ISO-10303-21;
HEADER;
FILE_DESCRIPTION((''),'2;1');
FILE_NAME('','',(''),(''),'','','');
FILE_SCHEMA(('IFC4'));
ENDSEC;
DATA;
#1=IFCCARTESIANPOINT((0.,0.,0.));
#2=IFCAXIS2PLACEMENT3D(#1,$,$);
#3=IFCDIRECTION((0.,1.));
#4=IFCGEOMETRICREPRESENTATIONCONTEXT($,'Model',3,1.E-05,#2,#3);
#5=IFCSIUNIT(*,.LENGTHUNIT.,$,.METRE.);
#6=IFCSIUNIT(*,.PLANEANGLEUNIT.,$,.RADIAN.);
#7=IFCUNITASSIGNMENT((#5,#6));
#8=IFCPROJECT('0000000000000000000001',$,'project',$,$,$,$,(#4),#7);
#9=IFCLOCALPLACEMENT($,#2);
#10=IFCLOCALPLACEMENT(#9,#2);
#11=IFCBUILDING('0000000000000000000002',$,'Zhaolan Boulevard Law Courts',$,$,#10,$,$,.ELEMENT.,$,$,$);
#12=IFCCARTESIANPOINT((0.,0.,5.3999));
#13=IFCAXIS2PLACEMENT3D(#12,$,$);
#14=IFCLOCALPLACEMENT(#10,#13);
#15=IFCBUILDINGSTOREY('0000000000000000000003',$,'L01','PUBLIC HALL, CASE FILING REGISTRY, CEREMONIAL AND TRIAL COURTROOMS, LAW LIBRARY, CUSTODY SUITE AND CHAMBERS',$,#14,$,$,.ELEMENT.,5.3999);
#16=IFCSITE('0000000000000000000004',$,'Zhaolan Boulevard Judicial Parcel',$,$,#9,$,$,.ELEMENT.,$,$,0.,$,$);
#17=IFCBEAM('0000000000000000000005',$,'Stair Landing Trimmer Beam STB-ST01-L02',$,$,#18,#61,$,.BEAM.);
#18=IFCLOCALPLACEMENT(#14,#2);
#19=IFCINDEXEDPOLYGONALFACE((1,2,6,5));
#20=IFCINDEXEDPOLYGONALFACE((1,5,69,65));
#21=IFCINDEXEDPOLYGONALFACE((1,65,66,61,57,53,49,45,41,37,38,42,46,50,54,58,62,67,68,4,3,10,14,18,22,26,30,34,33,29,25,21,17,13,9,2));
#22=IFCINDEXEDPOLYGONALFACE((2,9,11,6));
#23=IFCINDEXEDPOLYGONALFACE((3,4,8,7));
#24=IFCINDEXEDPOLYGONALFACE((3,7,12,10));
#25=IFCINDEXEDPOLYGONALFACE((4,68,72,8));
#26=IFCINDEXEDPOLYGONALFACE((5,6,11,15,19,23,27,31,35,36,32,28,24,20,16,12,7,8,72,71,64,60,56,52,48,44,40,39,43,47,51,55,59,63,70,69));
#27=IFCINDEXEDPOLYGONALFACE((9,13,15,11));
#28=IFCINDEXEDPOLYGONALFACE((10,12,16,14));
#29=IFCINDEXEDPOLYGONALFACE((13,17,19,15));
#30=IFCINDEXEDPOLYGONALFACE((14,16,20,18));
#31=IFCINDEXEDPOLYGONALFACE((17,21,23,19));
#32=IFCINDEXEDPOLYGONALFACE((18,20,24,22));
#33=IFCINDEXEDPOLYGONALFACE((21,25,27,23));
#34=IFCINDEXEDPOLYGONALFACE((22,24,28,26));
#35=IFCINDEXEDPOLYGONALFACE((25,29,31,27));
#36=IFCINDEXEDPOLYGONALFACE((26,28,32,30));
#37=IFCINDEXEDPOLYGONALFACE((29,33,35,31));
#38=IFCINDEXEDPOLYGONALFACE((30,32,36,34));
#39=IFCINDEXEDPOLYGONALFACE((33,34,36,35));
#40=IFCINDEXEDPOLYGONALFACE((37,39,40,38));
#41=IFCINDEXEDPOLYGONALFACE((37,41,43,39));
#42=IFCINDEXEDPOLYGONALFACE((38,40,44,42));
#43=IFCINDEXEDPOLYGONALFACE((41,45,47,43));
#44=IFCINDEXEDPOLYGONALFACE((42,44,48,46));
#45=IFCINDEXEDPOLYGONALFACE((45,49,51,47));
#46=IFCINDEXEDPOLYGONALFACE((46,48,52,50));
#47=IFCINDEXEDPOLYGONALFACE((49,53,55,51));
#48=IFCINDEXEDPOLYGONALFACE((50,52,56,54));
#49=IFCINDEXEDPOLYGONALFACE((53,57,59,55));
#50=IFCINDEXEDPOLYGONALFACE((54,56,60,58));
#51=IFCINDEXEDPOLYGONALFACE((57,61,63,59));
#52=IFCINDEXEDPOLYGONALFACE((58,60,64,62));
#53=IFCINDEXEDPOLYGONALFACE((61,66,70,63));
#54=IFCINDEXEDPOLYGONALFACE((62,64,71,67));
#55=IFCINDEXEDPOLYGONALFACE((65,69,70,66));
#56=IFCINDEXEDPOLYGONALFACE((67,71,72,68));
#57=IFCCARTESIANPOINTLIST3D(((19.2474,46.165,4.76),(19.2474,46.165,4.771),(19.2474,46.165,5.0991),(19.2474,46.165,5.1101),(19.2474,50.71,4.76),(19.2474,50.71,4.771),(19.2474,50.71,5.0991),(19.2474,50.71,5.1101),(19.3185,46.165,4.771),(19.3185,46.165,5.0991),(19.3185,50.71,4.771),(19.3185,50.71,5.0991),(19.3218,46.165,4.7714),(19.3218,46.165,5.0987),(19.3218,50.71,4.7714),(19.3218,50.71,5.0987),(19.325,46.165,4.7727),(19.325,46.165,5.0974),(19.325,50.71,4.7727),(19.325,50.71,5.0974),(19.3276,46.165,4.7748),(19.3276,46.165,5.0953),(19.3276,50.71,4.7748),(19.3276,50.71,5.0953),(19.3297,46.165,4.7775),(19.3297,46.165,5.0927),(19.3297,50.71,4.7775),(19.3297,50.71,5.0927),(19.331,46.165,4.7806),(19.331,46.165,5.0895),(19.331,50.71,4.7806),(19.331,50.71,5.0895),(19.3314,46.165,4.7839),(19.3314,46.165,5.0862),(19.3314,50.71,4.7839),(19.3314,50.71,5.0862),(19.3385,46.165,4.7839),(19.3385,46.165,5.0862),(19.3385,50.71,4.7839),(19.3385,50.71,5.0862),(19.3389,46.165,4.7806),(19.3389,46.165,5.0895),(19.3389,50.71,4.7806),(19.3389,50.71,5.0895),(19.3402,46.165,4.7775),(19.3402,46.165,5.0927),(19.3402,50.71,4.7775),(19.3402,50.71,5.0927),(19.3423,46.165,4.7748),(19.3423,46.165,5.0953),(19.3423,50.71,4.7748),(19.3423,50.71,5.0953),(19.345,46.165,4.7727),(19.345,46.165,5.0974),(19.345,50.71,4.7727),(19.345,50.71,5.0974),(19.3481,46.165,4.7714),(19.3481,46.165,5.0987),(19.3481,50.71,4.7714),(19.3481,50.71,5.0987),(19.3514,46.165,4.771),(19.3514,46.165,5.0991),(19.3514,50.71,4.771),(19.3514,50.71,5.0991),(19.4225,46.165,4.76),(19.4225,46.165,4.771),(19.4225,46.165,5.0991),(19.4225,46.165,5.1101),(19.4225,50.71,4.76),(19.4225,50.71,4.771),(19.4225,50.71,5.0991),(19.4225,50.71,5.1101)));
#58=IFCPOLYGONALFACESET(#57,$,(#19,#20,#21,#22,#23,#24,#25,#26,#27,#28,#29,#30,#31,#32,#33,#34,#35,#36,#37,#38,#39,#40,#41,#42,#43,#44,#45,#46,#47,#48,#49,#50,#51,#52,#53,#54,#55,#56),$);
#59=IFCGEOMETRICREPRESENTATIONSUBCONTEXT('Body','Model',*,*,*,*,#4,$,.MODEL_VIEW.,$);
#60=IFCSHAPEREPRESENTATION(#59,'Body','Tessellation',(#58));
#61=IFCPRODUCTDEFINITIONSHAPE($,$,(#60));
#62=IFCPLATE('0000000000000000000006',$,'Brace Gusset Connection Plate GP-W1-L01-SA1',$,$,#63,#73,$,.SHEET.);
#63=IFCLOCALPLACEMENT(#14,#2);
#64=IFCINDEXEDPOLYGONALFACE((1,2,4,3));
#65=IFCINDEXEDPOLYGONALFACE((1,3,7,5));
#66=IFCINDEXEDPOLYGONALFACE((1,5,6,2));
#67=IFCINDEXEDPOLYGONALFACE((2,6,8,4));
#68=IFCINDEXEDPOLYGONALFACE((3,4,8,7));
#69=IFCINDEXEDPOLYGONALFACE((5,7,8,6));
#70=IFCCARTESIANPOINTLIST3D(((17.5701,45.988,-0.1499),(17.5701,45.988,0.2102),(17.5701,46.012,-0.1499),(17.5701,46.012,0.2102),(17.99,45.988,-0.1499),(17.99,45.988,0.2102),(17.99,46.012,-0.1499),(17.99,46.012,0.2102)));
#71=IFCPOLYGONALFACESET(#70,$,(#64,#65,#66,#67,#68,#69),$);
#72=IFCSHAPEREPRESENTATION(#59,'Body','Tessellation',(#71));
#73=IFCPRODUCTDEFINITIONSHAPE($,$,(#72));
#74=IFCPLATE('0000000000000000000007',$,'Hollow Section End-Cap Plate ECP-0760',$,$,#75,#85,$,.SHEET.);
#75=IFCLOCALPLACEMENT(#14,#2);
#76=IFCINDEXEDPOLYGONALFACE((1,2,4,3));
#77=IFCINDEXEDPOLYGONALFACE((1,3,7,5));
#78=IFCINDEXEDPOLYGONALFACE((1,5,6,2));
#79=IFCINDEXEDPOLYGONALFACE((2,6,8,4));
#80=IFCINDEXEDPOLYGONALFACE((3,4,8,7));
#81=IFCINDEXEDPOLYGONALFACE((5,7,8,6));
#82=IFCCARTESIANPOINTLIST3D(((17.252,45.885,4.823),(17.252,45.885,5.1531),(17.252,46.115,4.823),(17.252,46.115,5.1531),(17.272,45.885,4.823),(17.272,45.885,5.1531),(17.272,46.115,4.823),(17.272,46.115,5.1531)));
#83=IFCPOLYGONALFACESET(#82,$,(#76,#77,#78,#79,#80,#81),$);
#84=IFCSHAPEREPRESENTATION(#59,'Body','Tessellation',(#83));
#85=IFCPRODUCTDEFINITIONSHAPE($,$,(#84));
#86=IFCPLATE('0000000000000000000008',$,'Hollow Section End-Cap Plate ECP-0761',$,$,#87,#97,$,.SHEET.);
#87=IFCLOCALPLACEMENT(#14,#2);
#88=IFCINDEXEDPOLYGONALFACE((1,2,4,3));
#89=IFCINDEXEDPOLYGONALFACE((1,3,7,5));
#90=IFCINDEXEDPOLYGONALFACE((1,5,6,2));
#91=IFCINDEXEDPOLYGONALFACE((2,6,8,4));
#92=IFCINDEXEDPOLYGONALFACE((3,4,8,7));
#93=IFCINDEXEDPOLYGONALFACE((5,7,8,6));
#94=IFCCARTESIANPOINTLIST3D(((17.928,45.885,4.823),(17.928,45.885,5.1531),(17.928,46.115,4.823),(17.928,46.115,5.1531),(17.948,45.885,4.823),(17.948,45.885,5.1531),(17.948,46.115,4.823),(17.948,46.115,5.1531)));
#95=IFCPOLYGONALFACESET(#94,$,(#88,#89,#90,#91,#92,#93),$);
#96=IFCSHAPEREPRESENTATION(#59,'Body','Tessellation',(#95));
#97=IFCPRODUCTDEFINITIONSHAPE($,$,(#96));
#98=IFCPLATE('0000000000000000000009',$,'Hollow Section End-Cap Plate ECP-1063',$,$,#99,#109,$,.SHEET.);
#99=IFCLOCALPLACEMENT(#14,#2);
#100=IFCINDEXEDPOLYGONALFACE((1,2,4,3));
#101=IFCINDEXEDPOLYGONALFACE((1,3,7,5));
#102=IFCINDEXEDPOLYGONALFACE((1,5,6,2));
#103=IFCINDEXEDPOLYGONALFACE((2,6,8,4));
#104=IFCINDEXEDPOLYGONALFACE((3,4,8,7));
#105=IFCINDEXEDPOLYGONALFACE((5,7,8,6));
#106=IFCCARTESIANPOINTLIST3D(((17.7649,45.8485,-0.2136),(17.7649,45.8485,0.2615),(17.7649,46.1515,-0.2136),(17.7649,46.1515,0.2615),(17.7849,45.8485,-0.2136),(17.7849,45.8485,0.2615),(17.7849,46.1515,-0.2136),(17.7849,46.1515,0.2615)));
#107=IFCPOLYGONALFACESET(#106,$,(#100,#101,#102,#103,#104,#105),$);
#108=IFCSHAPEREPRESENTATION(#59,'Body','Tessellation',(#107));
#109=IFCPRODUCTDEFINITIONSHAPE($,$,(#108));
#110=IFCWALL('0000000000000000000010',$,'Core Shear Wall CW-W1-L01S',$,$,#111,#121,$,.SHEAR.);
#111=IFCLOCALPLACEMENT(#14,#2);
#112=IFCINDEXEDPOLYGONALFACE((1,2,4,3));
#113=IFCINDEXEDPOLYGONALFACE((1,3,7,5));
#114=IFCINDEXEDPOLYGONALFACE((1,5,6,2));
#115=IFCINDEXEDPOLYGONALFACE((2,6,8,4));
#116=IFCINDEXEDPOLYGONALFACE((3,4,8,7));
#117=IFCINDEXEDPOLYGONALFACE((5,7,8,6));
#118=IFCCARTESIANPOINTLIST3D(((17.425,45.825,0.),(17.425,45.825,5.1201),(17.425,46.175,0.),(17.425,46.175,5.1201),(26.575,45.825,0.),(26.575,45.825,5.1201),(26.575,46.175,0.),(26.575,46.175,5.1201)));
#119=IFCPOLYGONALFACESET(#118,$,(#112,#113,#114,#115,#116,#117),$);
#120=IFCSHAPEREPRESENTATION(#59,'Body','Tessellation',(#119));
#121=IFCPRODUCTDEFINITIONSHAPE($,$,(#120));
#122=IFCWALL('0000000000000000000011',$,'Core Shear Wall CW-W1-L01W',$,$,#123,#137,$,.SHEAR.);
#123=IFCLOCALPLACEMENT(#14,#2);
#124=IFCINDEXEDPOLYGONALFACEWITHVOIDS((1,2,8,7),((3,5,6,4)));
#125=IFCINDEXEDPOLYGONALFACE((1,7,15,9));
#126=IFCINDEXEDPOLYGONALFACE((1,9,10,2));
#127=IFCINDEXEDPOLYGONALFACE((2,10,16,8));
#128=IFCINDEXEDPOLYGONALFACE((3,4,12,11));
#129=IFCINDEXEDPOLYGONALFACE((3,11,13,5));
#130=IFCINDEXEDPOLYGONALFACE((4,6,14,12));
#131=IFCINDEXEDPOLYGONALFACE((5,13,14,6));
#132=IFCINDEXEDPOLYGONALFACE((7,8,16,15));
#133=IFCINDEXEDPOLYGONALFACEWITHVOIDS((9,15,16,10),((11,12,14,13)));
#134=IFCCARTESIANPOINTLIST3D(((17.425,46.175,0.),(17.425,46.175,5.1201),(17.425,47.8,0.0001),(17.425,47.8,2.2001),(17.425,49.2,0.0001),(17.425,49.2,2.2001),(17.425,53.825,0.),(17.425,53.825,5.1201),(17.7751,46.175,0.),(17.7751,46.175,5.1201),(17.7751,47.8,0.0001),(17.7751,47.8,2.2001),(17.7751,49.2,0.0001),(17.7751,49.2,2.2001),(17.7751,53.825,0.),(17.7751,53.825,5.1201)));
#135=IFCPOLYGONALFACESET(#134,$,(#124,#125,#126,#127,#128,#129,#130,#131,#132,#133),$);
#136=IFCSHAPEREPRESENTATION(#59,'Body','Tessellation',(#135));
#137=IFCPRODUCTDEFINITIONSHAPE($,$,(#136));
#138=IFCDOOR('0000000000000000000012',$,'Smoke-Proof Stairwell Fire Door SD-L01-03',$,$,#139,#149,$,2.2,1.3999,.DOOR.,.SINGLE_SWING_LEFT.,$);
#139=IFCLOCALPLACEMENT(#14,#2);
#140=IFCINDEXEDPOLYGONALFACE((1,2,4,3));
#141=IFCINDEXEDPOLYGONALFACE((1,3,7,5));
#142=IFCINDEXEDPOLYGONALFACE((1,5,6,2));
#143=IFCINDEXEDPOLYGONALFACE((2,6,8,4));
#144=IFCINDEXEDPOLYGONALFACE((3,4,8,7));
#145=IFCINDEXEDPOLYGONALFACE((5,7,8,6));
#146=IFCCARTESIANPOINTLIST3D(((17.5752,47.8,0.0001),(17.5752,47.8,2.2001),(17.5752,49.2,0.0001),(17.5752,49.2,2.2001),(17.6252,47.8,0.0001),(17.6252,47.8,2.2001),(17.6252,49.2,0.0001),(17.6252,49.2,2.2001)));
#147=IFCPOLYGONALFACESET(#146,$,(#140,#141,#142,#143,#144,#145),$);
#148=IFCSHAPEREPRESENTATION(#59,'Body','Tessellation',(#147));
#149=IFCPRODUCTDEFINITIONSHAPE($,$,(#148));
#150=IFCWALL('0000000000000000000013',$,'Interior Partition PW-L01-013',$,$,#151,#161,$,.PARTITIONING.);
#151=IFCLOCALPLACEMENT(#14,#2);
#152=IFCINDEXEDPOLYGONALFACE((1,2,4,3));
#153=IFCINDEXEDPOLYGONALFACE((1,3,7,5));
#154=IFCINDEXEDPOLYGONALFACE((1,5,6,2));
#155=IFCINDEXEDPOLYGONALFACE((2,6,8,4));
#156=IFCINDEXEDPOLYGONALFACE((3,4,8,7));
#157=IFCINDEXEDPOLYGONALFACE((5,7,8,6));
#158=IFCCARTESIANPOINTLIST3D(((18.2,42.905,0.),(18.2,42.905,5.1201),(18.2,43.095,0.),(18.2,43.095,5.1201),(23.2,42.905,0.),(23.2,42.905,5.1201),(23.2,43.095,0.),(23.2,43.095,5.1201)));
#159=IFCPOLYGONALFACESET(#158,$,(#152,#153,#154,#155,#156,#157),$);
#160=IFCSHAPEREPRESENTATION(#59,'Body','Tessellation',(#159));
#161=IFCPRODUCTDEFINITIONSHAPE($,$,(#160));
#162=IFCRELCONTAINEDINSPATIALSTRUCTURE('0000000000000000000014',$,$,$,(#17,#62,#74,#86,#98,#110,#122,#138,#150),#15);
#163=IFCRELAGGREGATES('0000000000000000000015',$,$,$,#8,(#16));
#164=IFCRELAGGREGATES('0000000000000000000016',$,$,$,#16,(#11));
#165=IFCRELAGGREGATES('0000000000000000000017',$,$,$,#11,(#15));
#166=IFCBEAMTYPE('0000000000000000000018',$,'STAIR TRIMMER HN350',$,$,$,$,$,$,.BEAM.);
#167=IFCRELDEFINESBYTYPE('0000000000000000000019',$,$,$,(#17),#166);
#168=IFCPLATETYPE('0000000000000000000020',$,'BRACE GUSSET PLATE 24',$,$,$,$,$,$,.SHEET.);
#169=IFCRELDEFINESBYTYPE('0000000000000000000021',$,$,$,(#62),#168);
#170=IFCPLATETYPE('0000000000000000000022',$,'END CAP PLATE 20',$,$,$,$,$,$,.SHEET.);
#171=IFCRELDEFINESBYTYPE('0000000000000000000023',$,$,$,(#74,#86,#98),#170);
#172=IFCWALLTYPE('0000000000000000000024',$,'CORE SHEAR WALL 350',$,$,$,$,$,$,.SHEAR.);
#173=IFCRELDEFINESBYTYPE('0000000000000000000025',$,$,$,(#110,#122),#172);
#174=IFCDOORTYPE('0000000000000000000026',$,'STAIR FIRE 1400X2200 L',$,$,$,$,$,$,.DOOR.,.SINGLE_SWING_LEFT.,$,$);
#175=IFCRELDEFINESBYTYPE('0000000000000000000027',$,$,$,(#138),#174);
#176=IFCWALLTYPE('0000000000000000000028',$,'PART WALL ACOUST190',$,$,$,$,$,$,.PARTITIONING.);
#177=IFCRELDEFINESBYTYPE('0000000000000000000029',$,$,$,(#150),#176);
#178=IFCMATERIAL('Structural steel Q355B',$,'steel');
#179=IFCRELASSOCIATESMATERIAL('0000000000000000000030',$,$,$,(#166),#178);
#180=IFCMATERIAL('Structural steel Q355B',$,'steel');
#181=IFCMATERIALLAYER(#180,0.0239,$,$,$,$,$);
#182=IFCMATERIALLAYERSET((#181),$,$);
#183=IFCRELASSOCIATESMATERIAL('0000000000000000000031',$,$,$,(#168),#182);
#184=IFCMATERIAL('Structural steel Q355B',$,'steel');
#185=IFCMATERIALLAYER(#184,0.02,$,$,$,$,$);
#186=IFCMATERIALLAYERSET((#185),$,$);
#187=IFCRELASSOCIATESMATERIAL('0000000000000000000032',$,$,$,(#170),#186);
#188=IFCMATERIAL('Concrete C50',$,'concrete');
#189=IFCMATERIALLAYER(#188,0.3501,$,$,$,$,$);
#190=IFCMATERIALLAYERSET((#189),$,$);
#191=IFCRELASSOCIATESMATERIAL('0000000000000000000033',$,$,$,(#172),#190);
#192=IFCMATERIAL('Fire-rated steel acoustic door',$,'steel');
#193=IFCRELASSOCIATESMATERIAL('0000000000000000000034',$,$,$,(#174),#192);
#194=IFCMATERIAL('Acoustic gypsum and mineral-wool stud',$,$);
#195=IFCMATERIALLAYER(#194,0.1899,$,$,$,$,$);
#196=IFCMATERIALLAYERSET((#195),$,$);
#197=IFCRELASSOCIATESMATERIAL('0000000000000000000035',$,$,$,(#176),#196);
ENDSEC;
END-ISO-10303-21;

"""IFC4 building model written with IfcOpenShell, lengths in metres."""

from ifc_helpers import new_model, si_unit, direction, frame, frame_2d, origin, origin_2d, place, context, subcontext, project, spatial, rectangle, i_section, extrude, material, layer, layer_set, material_profile, profile_set, type_object, element, fill, save


model = new_model("IFC4")

# Units and contexts
model_context = context("Model", 3, precision=1e-05, world=origin(), true_north=direction((0.0, 1.0)))
body_context = subcontext(model_context, "Body", "Model", "MODEL_VIEW")
ifc_project = project(units=[si_unit("LENGTHUNIT", "METRE"), si_unit("PLANEANGLEUNIT", "RADIAN")], contexts=[model_context])

# Site, building, storey
site_placement = place(None, origin())
site = spatial("IfcSite", under=ifc_project, at=site_placement, Name="Zhaolan Boulevard Judicial Parcel", CompositionType="ELEMENT", RefElevation=0.0)
building_placement = place(site_placement, origin())
building = spatial("IfcBuilding", under=site, at=building_placement, Name="Zhaolan Boulevard Law Courts", CompositionType="ELEMENT")
storey_placement = place(building_placement, frame((0.0, 0.0, 5.3999)))
storey = spatial("IfcBuildingStorey", under=building, at=storey_placement, Name="L01", Description="PUBLIC HALL, CASE FILING REGISTRY, CEREMONIAL AND TRIAL COURTROOMS, LAW LIBRARY, CUSTODY SUITE AND CHAMBERS", CompositionType="ELEMENT", Elevation=5.3999)

# Beam
ifc_material_1 = material(Name="Structural steel Q355B", Category="steel")
ifc_material_profile_1 = material_profile(ifc_material_1, i_section(OverallWidth=0.175, OverallDepth=0.3501, WebThickness=0.0071, FlangeThickness=0.011, FilletRadius=0.0129, at=origin_2d()), Name="HN350x175")
ifc_profile_set_1 = profile_set([ifc_material_profile_1], Name="Structural steel Q355B")
beam_type_1 = type_object("IfcBeamType", Name="STAIR TRIMMER HN350", PredefinedType="BEAM", material=ifc_profile_set_1)
beam_1_placement = place(storey_placement, frame((19.335, 46.165, 4.9351), z_axis=(0.0, 1.0, 0.0), x_axis=(-1.0, 0.0, 0.0)))
element("IfcBeam", 1, at=beam_1_placement, inside=storey, type_object=beam_type_1, Name="Stair Landing Trimmer Beam STB-ST01-L02", PredefinedType="BEAM", context=body_context, shape_type="SweptSolid", body=[
    extrude(i_section(OverallWidth=0.175, OverallDepth=0.3501, WebThickness=0.0071, FlangeThickness=0.011, FilletRadius=0.0129, at=origin_2d()), origin(), (0.0, 0.0, 1.0), 4.5449),
])

# Plates
ifc_material_2 = material(Name="Structural steel Q355B", Category="steel")
ifc_layer_1 = layer(ifc_material_2, 0.0239)
ifc_layer_set_1 = layer_set([ifc_layer_1])
plate_type_1 = type_object("IfcPlateType", Name="BRACE GUSSET PLATE 24", PredefinedType="SHEET", material=ifc_layer_set_1)
plate_1_placement = place(storey_placement, frame((17.78, 46.0, -0.1499), z_axis=(0.0, 0.0, 1.0), x_axis=(1.0, 0.0, 0.0)))
element("IfcPlate", 2, at=plate_1_placement, inside=storey, type_object=plate_type_1, Name="Brace Gusset Connection Plate GP-W1-L01-SA1", PredefinedType="SHEET", context=body_context, shape_type="SweptSolid", body=[
    extrude(rectangle(XDim=0.4199, YDim=0.0239, at=origin_2d()), origin(), (0.0, 0.0, 1.0), 0.3601),
])
ifc_material_3 = material(Name="Structural steel Q355B", Category="steel")
ifc_layer_2 = layer(ifc_material_3, 0.02)
ifc_layer_set_2 = layer_set([ifc_layer_2])
plate_type_2 = type_object("IfcPlateType", Name="END CAP PLATE 20", PredefinedType="SHEET", material=ifc_layer_set_2)
for number, where, z_axis, x_axis, name in (
    (3, (17.262, 46.0, 4.823), (0.0, 0.0, 1.0), (1.0, 0.0, 0.0), "Hollow Section End-Cap Plate ECP-0760"),
    (4, (17.938, 46.0, 4.823), (0.0, 0.0, 1.0), (1.0, 0.0, 0.0), "Hollow Section End-Cap Plate ECP-0761"),
):
    element("IfcPlate", number, at=place(storey_placement, frame(where, z_axis=z_axis, x_axis=x_axis)), inside=storey, type_object=plate_type_2, Name=name, PredefinedType="SHEET", context=body_context, shape_type="SweptSolid", body=[
        extrude(rectangle(XDim=0.02, YDim=0.23, at=origin_2d()), origin(), (0.0, 0.0, 1.0), 0.3301),
    ])
plate_2_placement = place(storey_placement, frame((17.7749, 46.0, -0.2136), z_axis=(0.0, 0.0, 1.0), x_axis=(1.0, 0.0, 0.0)))
element("IfcPlate", 5, at=plate_2_placement, inside=storey, type_object=plate_type_2, Name="Hollow Section End-Cap Plate ECP-1063", PredefinedType="SHEET", context=body_context, shape_type="SweptSolid", body=[
    extrude(rectangle(XDim=0.02, YDim=0.303, at=origin_2d()), origin(), (0.0, 0.0, 1.0), 0.4751),
])

# Wall
ifc_material_4 = material(Name="Concrete C50", Category="concrete")
ifc_layer_3 = layer(ifc_material_4, 0.3501)
ifc_layer_set_3 = layer_set([ifc_layer_3])
wall_type_1 = type_object("IfcWallType", Name="CORE SHEAR WALL 350", PredefinedType="SHEAR", material=ifc_layer_set_3)
wall_1_placement = place(storey_placement, frame((17.425, 46.0, 0.0), z_axis=(0.0, 0.0, 1.0), x_axis=(1.0, 0.0, 0.0)))
element("IfcWall", 6, at=wall_1_placement, inside=storey, type_object=wall_type_1, Name="Core Shear Wall CW-W1-L01S", PredefinedType="SHEAR", context=body_context, shape_type="SweptSolid", body=[
    extrude(rectangle(XDim=9.1499, YDim=0.3501, at=frame_2d((4.575, 0.0))), origin(), (0.0, 0.0, 1.0), 5.1201),
])

# Wall, opening, door
wall_2_placement = place(storey_placement, frame((17.6001, 46.175, 0.0), z_axis=(0.0, 0.0, 1.0), x_axis=(0.0, 1.0, 0.0)))
wall_2 = element("IfcWall", 7, at=wall_2_placement, inside=storey, type_object=wall_type_1, Name="Core Shear Wall CW-W1-L01W", PredefinedType="SHEAR", context=body_context, shape_type="SweptSolid", body=[
    extrude(rectangle(XDim=7.6499, YDim=0.3501, at=frame_2d((3.825, 0.0))), origin(), (0.0, 0.0, 1.0), 5.1201),
])
opening_1_placement = place(wall_2_placement, frame((1.625, 0.0, 0.0)))
opening_1 = element("IfcOpeningElement", 8, at=opening_1_placement, cuts=wall_2, PredefinedType="OPENING", context=body_context, shape_type="SweptSolid", body=[
    extrude(rectangle(XDim=1.3999, YDim=2.2, at=frame_2d((0.7, 1.1001))), frame((0.0, 0.1851, 0.0), z_axis=(0.0, -1.0, 0.0), x_axis=(1.0, 0.0, 0.0)), (0.0, 0.0, 1.0), 0.3701),
])
ifc_material_5 = material(Name="Fire-rated steel acoustic door", Category="steel")
door_type_1 = type_object("IfcDoorType", Name="STAIR FIRE 1400X2200 L", OperationType="SINGLE_SWING_LEFT", PredefinedType="DOOR", material=ifc_material_5)
door_1_placement = place(opening_1_placement, origin())
door_1 = element("IfcDoor", 9, at=door_1_placement, inside=storey, type_object=door_type_1, Name="Smoke-Proof Stairwell Fire Door SD-L01-03", OperationType="SINGLE_SWING_LEFT", OverallHeight=2.2, OverallWidth=1.3999, PredefinedType="DOOR", context=body_context, shape_type="SweptSolid", body=[
    extrude(rectangle(XDim=1.3999, YDim=2.2, at=frame_2d((0.7, 1.1001))), frame((0.0, 0.0249, 0.0), z_axis=(0.0, -1.0, 0.0), x_axis=(1.0, 0.0, 0.0)), (0.0, 0.0, 1.0), 0.05),
])
fill(opening_1, door_1)

# Wall
ifc_material_6 = material(Name="Acoustic gypsum and mineral-wool stud")
ifc_layer_4 = layer(ifc_material_6, 0.1899)
ifc_layer_set_4 = layer_set([ifc_layer_4])
wall_type_2 = type_object("IfcWallType", Name="PART WALL ACOUST190", PredefinedType="PARTITIONING", material=ifc_layer_set_4)
wall_3_placement = place(storey_placement, frame((18.2, 43.0, 0.0), z_axis=(0.0, 0.0, 1.0), x_axis=(1.0, 0.0, 0.0)))
element("IfcWall", 10, at=wall_3_placement, inside=storey, type_object=wall_type_2, Name="Interior Partition PW-L01-013", PredefinedType="PARTITIONING", context=body_context, shape_type="SweptSolid", body=[
    extrude(rectangle(XDim=5.0, YDim=0.1899, at=frame_2d((2.5, 0.0))), origin(), (0.0, 0.0, 1.0), 5.1201),
])

save(model, "model.ifc")
